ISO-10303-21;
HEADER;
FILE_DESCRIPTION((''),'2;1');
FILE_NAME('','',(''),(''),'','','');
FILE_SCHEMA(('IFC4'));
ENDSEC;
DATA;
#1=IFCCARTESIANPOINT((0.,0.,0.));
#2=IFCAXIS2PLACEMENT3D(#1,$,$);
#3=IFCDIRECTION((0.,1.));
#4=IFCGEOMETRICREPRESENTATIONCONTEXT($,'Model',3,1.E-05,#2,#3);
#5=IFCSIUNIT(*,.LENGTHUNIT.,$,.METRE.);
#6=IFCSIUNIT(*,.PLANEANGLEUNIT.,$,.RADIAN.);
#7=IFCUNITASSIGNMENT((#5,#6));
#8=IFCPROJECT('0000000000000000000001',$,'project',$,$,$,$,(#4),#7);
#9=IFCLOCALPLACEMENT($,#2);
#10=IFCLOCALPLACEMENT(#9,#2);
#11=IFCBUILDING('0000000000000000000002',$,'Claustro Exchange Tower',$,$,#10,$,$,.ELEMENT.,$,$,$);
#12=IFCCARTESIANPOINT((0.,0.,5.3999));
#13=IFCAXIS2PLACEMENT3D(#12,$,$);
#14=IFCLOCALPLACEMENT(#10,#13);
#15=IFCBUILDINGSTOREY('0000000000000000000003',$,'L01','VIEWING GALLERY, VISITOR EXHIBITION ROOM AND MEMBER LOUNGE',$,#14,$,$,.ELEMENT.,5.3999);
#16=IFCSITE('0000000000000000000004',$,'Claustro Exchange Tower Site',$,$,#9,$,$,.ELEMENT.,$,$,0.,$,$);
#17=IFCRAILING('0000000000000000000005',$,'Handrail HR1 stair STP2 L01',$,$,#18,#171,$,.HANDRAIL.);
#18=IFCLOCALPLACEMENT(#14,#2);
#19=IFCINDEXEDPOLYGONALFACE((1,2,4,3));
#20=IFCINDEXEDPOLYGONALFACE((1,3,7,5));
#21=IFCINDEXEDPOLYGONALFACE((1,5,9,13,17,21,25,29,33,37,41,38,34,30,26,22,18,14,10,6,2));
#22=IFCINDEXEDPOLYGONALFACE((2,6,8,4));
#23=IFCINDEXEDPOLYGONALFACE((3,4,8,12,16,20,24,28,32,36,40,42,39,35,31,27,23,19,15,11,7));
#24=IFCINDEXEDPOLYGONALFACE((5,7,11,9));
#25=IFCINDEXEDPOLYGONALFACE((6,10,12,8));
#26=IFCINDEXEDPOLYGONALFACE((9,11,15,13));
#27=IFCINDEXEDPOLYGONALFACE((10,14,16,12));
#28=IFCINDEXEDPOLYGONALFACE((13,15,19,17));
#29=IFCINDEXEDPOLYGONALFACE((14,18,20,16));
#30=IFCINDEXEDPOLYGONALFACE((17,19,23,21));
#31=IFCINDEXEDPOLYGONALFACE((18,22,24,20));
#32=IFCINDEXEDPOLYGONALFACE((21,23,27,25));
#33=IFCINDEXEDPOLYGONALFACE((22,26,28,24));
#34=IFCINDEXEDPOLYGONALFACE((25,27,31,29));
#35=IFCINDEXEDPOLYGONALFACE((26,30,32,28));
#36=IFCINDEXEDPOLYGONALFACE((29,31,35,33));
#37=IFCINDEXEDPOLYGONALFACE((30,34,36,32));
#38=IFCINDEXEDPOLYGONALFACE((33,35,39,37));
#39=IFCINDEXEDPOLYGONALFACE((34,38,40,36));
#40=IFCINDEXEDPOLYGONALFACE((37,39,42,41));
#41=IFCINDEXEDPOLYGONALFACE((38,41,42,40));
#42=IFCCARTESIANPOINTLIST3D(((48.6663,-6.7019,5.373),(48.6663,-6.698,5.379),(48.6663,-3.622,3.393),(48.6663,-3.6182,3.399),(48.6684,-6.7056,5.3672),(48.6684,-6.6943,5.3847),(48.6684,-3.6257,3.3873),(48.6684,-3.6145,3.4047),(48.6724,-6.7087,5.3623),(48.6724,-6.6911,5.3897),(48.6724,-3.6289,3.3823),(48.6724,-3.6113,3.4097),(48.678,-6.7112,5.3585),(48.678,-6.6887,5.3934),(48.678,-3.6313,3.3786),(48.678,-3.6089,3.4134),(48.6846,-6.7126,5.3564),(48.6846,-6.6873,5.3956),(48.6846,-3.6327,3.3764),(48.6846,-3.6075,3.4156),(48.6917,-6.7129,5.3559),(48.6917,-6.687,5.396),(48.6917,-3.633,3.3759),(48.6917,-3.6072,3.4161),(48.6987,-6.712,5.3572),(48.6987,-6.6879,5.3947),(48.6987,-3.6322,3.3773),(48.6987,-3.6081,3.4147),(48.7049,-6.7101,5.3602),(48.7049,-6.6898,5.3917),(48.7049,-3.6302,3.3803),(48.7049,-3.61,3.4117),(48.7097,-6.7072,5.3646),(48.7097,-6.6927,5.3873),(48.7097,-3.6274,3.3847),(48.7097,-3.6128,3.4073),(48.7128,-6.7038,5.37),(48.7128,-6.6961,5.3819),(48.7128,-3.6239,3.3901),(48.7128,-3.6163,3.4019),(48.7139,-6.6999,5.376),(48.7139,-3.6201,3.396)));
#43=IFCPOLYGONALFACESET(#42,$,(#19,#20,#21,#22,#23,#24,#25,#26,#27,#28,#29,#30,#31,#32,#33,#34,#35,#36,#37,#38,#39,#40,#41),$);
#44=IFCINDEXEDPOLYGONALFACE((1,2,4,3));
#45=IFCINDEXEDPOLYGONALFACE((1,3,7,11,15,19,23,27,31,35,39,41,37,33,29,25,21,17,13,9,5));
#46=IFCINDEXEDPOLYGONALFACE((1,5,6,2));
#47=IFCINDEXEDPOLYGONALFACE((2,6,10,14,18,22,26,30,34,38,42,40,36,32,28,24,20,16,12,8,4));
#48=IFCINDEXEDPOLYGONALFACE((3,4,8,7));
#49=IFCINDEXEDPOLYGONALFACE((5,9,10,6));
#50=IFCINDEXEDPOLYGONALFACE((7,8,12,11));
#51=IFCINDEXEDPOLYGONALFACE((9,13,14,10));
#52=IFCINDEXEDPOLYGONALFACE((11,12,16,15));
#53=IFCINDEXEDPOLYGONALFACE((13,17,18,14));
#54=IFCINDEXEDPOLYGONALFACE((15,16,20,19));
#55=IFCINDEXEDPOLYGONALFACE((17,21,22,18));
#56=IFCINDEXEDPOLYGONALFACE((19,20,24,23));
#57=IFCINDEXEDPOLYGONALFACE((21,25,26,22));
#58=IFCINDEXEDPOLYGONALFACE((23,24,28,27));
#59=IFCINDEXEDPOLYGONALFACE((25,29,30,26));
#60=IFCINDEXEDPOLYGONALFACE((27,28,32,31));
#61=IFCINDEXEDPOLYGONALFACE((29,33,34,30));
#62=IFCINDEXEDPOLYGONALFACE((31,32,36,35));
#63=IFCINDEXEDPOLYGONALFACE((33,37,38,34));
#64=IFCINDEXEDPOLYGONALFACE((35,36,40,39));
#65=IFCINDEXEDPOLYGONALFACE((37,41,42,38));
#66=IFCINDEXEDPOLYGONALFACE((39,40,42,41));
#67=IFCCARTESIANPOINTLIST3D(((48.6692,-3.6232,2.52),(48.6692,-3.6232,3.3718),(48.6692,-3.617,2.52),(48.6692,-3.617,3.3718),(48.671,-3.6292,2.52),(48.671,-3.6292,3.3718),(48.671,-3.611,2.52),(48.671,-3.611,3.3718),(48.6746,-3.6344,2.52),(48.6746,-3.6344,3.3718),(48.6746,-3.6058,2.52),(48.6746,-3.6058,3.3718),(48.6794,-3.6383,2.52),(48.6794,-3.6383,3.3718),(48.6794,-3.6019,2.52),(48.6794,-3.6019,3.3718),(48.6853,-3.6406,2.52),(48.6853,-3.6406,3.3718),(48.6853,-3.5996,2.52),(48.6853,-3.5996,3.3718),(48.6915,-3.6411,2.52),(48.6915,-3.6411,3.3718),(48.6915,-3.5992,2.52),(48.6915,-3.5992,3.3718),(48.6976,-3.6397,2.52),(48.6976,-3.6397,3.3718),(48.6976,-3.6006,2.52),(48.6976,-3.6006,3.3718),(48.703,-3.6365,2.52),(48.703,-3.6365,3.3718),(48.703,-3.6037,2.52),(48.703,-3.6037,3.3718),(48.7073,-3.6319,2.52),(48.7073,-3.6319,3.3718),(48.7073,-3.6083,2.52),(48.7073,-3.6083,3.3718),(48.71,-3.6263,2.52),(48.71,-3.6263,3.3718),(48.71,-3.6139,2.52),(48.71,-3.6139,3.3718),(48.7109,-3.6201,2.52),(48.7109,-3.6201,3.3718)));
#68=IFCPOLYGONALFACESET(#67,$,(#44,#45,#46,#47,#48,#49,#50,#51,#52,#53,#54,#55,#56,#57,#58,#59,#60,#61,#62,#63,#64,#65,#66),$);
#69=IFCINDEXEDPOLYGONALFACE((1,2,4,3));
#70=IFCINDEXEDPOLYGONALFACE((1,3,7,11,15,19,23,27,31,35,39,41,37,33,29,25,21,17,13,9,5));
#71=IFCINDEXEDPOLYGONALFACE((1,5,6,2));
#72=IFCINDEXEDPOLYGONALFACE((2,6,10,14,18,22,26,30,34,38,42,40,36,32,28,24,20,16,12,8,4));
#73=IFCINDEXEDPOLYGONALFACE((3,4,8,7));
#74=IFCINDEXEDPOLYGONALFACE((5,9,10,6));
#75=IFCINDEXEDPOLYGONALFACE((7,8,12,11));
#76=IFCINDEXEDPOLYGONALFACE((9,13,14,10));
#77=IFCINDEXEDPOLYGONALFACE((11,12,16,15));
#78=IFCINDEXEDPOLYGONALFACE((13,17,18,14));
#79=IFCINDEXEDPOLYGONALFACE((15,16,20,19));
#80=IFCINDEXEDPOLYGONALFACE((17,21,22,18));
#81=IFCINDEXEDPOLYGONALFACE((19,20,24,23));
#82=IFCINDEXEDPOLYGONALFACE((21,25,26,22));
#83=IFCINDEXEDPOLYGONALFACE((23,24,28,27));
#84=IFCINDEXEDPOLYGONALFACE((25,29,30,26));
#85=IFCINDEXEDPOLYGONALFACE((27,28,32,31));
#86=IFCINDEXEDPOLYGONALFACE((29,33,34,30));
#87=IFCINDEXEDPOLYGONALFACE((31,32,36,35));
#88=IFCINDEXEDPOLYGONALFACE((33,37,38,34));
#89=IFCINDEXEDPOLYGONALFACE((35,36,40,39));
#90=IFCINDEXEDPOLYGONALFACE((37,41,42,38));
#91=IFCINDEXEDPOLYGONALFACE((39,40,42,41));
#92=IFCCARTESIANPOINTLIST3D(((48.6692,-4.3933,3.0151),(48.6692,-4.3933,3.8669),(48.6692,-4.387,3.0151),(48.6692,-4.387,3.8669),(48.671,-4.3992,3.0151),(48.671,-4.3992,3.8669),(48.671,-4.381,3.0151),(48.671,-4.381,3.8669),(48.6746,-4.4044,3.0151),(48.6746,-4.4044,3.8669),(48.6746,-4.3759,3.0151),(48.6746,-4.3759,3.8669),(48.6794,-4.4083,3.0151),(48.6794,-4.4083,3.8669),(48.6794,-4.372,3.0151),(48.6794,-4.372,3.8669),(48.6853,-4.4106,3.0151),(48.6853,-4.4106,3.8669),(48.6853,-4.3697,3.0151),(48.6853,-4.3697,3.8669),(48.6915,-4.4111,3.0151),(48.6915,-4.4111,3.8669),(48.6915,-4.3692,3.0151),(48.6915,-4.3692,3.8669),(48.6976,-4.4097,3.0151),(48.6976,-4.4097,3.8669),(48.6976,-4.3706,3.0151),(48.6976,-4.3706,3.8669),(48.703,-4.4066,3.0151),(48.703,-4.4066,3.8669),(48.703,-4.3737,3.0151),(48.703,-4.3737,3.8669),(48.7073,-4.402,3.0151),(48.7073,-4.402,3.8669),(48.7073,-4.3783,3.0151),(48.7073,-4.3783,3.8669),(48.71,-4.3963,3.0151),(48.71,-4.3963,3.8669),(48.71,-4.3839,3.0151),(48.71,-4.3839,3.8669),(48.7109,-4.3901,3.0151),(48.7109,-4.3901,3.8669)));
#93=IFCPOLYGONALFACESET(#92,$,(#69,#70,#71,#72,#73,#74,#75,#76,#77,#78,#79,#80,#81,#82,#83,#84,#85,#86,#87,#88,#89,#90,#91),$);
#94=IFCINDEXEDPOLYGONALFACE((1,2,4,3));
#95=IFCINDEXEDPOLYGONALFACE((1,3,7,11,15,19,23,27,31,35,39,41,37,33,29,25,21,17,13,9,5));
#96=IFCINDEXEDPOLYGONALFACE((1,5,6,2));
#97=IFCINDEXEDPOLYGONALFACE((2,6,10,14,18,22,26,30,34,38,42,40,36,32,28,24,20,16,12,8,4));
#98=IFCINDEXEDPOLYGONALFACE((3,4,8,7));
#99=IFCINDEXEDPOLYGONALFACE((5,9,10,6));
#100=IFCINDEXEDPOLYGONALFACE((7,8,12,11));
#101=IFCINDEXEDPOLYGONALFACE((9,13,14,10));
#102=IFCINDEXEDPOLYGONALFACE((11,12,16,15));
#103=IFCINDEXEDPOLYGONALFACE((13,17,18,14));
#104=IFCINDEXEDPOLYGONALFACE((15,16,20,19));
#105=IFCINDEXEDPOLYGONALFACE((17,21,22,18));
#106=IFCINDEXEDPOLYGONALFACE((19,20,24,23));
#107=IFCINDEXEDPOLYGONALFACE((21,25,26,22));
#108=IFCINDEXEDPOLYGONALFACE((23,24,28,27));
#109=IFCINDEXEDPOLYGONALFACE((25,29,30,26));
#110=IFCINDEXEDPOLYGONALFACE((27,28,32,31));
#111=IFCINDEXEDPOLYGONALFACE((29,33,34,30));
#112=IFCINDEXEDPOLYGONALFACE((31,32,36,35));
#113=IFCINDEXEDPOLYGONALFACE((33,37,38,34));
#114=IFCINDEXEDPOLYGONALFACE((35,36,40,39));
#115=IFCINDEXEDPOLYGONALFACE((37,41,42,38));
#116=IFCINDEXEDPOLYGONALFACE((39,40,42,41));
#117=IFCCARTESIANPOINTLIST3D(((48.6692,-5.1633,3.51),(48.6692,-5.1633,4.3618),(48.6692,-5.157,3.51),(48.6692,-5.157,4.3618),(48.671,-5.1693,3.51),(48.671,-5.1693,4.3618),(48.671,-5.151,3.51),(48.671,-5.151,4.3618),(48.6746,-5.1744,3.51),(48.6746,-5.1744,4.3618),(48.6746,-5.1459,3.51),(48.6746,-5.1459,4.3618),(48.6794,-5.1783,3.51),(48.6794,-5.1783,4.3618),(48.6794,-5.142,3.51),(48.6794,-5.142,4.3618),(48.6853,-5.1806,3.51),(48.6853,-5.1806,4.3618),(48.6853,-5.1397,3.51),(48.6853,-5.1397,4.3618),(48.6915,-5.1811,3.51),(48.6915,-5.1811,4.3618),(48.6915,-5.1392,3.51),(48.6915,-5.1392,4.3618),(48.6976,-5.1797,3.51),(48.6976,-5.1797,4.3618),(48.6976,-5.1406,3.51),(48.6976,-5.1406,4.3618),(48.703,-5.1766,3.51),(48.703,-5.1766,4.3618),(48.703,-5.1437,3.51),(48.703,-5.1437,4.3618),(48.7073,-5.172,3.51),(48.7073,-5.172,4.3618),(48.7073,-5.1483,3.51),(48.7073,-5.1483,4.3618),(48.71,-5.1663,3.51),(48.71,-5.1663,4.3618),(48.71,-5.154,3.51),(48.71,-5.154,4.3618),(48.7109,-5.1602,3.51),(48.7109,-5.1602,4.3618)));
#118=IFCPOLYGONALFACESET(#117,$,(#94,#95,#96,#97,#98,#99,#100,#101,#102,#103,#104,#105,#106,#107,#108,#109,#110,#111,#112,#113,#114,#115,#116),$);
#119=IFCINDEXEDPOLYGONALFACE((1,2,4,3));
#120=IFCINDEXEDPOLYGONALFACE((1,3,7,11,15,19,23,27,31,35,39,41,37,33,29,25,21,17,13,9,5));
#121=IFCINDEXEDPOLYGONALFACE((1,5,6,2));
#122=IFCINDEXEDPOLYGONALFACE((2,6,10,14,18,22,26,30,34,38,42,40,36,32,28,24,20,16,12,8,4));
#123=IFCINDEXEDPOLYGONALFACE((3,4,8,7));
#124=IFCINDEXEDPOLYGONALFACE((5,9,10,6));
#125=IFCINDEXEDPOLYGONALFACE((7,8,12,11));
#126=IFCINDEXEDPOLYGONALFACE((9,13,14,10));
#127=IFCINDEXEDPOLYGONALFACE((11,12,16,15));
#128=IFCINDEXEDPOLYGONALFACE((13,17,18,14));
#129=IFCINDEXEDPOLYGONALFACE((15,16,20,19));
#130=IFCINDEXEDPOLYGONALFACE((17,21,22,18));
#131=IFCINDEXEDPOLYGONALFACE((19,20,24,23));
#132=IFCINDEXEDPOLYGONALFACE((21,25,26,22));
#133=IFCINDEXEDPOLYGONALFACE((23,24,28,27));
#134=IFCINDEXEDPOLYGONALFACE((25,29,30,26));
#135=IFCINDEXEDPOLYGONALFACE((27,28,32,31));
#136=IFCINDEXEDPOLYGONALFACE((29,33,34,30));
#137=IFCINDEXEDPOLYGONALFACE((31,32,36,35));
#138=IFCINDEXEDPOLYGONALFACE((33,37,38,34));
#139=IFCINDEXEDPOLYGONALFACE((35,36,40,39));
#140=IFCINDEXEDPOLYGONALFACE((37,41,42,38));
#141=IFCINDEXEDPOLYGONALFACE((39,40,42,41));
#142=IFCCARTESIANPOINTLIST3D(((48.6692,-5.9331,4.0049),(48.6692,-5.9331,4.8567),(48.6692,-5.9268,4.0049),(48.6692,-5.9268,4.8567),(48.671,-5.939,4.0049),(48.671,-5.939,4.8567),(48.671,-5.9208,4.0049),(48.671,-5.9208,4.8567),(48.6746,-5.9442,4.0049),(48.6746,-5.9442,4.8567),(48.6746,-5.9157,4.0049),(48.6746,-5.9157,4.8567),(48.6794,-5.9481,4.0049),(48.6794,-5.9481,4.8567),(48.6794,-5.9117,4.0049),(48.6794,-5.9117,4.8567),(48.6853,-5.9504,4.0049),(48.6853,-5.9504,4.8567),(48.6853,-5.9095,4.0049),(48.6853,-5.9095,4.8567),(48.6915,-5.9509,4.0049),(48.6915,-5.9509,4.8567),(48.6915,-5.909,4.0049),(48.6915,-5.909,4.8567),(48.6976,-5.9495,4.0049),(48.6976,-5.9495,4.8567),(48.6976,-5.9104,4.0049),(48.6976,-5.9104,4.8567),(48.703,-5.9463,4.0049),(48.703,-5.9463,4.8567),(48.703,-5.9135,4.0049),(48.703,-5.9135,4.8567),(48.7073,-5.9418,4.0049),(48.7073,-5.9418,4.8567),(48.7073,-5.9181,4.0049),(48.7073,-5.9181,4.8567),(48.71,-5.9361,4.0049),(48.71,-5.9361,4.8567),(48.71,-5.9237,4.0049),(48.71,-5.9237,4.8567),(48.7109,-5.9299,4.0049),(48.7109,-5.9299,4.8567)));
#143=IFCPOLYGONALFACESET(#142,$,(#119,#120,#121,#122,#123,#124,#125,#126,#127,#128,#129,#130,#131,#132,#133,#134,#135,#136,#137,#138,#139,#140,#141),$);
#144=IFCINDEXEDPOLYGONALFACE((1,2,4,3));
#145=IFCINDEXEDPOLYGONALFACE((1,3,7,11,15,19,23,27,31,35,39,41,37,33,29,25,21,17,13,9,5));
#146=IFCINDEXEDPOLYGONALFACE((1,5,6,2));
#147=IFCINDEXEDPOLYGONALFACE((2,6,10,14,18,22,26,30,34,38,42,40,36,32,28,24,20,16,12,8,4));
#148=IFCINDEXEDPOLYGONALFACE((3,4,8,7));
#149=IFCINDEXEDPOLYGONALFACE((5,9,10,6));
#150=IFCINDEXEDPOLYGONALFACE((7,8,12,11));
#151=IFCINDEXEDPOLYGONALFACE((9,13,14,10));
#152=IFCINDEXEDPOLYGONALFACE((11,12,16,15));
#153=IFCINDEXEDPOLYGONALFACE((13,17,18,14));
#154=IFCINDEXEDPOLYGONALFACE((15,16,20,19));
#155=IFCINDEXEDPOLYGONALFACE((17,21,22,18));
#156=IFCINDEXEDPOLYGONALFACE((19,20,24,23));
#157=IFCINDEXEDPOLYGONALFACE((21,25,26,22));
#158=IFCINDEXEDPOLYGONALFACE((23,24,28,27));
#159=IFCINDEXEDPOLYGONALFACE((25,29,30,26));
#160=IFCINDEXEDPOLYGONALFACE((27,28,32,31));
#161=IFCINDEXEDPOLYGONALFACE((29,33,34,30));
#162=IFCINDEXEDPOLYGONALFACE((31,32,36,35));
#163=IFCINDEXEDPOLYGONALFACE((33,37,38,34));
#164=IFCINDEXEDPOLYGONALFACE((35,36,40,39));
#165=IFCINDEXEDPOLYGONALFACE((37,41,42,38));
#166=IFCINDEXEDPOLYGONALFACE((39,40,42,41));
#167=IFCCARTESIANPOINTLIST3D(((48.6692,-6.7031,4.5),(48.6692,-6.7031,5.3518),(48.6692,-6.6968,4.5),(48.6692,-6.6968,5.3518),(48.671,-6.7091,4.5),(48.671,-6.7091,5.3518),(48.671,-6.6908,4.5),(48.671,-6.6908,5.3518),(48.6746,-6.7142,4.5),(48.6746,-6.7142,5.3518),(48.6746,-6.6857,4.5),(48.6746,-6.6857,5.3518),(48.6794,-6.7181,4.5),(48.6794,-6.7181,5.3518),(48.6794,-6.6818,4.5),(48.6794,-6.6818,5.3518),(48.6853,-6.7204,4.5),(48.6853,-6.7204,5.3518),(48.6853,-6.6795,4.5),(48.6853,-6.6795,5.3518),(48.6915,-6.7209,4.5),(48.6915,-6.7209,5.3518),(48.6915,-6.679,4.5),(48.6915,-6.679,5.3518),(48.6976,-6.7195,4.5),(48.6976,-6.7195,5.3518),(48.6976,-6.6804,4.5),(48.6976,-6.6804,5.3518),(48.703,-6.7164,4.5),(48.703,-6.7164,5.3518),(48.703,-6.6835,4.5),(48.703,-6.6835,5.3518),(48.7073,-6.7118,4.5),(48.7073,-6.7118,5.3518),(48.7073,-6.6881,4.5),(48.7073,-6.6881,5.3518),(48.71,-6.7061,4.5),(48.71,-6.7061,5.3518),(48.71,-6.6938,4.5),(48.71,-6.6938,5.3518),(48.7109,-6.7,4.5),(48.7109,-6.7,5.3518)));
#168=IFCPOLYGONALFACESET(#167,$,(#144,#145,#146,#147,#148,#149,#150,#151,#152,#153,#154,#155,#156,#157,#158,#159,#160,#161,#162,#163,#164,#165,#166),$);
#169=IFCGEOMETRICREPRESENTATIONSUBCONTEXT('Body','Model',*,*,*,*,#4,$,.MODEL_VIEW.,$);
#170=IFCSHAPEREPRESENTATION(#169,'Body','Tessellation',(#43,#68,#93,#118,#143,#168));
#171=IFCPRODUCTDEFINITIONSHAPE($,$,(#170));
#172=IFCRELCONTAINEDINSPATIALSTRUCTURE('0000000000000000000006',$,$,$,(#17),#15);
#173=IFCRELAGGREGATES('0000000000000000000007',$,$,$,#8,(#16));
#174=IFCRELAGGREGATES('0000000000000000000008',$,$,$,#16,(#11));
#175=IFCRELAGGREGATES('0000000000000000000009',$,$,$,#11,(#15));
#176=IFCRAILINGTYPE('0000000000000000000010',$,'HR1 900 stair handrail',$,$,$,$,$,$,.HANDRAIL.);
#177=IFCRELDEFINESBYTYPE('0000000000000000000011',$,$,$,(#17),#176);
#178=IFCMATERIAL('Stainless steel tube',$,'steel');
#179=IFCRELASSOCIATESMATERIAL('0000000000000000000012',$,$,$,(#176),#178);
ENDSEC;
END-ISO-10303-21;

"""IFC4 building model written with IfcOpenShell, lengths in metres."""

from ifc_helpers import new_model, si_unit, direction, frame, origin, origin_2d, place, context, subcontext, project, spatial, circle, extrude, material, type_object, element, save


model = new_model("IFC4")

# Units and contexts
model_context = context("Model", 3, precision=1e-05, world=origin(), true_north=direction((0.0, 1.0)))
body_context = subcontext(model_context, "Body", "Model", "MODEL_VIEW")
ifc_project = project(units=[si_unit("LENGTHUNIT", "METRE"), si_unit("PLANEANGLEUNIT", "RADIAN")], contexts=[model_context])

# Site, building, storey
site_placement = place(None, origin())
site = spatial("IfcSite", under=ifc_project, at=site_placement, Name="Claustro Exchange Tower Site", CompositionType="ELEMENT", RefElevation=0.0)
building_placement = place(site_placement, origin())
building = spatial("IfcBuilding", under=site, at=building_placement, Name="Claustro Exchange Tower", CompositionType="ELEMENT")
storey_placement = place(building_placement, frame((0.0, 0.0, 5.3999)))
storey = spatial("IfcBuildingStorey", under=building, at=storey_placement, Name="L01", Description="VIEWING GALLERY, VISITOR EXHIBITION ROOM AND MEMBER LOUNGE", CompositionType="ELEMENT", Elevation=5.3999)

# Railing
ifc_material_1 = material(Name="Stainless steel tube", Category="steel")
railing_type_1 = type_object("IfcRailingType", Name="HR1 900 stair handrail", PredefinedType="HANDRAIL", material=ifc_material_1)
railing_1_placement = place(storey_placement, frame((48.6899, -3.6201, 2.52)))
element("IfcRailing", 1, at=railing_1_placement, inside=storey, type_object=railing_type_1, Name="Handrail HR1 stair STP2 L01", PredefinedType="HANDRAIL", context=body_context, shape_type="SweptSolid", body=[
    extrude(circle(Radius=0.0239, at=origin_2d()), frame((0.0, 0.0, 0.876), z_axis=(0.0, -0.841168, 0.540774), x_axis=(1.0, 0.0, 0.0)), (0.0, 0.0, 1.0), 3.6614),
    extrude(circle(Radius=0.021, at=origin_2d()), origin(), (0.0, 0.0, 1.0), 0.8518),
    extrude(circle(Radius=0.021, at=origin_2d()), frame((0.0, -0.77, 0.4951)), (0.0, 0.0, 1.0), 0.8518),
    extrude(circle(Radius=0.021, at=origin_2d()), frame((0.0, -1.54, 0.99)), (0.0, 0.0, 1.0), 0.8518),
    extrude(circle(Radius=0.021, at=origin_2d()), frame((0.0, -2.3098, 1.4849)), (0.0, 0.0, 1.0), 0.8518),
    extrude(circle(Radius=0.021, at=origin_2d()), frame((0.0, -3.0798, 1.98)), (0.0, 0.0, 1.0), 0.8518),
])

save(model, "model.ifc")
